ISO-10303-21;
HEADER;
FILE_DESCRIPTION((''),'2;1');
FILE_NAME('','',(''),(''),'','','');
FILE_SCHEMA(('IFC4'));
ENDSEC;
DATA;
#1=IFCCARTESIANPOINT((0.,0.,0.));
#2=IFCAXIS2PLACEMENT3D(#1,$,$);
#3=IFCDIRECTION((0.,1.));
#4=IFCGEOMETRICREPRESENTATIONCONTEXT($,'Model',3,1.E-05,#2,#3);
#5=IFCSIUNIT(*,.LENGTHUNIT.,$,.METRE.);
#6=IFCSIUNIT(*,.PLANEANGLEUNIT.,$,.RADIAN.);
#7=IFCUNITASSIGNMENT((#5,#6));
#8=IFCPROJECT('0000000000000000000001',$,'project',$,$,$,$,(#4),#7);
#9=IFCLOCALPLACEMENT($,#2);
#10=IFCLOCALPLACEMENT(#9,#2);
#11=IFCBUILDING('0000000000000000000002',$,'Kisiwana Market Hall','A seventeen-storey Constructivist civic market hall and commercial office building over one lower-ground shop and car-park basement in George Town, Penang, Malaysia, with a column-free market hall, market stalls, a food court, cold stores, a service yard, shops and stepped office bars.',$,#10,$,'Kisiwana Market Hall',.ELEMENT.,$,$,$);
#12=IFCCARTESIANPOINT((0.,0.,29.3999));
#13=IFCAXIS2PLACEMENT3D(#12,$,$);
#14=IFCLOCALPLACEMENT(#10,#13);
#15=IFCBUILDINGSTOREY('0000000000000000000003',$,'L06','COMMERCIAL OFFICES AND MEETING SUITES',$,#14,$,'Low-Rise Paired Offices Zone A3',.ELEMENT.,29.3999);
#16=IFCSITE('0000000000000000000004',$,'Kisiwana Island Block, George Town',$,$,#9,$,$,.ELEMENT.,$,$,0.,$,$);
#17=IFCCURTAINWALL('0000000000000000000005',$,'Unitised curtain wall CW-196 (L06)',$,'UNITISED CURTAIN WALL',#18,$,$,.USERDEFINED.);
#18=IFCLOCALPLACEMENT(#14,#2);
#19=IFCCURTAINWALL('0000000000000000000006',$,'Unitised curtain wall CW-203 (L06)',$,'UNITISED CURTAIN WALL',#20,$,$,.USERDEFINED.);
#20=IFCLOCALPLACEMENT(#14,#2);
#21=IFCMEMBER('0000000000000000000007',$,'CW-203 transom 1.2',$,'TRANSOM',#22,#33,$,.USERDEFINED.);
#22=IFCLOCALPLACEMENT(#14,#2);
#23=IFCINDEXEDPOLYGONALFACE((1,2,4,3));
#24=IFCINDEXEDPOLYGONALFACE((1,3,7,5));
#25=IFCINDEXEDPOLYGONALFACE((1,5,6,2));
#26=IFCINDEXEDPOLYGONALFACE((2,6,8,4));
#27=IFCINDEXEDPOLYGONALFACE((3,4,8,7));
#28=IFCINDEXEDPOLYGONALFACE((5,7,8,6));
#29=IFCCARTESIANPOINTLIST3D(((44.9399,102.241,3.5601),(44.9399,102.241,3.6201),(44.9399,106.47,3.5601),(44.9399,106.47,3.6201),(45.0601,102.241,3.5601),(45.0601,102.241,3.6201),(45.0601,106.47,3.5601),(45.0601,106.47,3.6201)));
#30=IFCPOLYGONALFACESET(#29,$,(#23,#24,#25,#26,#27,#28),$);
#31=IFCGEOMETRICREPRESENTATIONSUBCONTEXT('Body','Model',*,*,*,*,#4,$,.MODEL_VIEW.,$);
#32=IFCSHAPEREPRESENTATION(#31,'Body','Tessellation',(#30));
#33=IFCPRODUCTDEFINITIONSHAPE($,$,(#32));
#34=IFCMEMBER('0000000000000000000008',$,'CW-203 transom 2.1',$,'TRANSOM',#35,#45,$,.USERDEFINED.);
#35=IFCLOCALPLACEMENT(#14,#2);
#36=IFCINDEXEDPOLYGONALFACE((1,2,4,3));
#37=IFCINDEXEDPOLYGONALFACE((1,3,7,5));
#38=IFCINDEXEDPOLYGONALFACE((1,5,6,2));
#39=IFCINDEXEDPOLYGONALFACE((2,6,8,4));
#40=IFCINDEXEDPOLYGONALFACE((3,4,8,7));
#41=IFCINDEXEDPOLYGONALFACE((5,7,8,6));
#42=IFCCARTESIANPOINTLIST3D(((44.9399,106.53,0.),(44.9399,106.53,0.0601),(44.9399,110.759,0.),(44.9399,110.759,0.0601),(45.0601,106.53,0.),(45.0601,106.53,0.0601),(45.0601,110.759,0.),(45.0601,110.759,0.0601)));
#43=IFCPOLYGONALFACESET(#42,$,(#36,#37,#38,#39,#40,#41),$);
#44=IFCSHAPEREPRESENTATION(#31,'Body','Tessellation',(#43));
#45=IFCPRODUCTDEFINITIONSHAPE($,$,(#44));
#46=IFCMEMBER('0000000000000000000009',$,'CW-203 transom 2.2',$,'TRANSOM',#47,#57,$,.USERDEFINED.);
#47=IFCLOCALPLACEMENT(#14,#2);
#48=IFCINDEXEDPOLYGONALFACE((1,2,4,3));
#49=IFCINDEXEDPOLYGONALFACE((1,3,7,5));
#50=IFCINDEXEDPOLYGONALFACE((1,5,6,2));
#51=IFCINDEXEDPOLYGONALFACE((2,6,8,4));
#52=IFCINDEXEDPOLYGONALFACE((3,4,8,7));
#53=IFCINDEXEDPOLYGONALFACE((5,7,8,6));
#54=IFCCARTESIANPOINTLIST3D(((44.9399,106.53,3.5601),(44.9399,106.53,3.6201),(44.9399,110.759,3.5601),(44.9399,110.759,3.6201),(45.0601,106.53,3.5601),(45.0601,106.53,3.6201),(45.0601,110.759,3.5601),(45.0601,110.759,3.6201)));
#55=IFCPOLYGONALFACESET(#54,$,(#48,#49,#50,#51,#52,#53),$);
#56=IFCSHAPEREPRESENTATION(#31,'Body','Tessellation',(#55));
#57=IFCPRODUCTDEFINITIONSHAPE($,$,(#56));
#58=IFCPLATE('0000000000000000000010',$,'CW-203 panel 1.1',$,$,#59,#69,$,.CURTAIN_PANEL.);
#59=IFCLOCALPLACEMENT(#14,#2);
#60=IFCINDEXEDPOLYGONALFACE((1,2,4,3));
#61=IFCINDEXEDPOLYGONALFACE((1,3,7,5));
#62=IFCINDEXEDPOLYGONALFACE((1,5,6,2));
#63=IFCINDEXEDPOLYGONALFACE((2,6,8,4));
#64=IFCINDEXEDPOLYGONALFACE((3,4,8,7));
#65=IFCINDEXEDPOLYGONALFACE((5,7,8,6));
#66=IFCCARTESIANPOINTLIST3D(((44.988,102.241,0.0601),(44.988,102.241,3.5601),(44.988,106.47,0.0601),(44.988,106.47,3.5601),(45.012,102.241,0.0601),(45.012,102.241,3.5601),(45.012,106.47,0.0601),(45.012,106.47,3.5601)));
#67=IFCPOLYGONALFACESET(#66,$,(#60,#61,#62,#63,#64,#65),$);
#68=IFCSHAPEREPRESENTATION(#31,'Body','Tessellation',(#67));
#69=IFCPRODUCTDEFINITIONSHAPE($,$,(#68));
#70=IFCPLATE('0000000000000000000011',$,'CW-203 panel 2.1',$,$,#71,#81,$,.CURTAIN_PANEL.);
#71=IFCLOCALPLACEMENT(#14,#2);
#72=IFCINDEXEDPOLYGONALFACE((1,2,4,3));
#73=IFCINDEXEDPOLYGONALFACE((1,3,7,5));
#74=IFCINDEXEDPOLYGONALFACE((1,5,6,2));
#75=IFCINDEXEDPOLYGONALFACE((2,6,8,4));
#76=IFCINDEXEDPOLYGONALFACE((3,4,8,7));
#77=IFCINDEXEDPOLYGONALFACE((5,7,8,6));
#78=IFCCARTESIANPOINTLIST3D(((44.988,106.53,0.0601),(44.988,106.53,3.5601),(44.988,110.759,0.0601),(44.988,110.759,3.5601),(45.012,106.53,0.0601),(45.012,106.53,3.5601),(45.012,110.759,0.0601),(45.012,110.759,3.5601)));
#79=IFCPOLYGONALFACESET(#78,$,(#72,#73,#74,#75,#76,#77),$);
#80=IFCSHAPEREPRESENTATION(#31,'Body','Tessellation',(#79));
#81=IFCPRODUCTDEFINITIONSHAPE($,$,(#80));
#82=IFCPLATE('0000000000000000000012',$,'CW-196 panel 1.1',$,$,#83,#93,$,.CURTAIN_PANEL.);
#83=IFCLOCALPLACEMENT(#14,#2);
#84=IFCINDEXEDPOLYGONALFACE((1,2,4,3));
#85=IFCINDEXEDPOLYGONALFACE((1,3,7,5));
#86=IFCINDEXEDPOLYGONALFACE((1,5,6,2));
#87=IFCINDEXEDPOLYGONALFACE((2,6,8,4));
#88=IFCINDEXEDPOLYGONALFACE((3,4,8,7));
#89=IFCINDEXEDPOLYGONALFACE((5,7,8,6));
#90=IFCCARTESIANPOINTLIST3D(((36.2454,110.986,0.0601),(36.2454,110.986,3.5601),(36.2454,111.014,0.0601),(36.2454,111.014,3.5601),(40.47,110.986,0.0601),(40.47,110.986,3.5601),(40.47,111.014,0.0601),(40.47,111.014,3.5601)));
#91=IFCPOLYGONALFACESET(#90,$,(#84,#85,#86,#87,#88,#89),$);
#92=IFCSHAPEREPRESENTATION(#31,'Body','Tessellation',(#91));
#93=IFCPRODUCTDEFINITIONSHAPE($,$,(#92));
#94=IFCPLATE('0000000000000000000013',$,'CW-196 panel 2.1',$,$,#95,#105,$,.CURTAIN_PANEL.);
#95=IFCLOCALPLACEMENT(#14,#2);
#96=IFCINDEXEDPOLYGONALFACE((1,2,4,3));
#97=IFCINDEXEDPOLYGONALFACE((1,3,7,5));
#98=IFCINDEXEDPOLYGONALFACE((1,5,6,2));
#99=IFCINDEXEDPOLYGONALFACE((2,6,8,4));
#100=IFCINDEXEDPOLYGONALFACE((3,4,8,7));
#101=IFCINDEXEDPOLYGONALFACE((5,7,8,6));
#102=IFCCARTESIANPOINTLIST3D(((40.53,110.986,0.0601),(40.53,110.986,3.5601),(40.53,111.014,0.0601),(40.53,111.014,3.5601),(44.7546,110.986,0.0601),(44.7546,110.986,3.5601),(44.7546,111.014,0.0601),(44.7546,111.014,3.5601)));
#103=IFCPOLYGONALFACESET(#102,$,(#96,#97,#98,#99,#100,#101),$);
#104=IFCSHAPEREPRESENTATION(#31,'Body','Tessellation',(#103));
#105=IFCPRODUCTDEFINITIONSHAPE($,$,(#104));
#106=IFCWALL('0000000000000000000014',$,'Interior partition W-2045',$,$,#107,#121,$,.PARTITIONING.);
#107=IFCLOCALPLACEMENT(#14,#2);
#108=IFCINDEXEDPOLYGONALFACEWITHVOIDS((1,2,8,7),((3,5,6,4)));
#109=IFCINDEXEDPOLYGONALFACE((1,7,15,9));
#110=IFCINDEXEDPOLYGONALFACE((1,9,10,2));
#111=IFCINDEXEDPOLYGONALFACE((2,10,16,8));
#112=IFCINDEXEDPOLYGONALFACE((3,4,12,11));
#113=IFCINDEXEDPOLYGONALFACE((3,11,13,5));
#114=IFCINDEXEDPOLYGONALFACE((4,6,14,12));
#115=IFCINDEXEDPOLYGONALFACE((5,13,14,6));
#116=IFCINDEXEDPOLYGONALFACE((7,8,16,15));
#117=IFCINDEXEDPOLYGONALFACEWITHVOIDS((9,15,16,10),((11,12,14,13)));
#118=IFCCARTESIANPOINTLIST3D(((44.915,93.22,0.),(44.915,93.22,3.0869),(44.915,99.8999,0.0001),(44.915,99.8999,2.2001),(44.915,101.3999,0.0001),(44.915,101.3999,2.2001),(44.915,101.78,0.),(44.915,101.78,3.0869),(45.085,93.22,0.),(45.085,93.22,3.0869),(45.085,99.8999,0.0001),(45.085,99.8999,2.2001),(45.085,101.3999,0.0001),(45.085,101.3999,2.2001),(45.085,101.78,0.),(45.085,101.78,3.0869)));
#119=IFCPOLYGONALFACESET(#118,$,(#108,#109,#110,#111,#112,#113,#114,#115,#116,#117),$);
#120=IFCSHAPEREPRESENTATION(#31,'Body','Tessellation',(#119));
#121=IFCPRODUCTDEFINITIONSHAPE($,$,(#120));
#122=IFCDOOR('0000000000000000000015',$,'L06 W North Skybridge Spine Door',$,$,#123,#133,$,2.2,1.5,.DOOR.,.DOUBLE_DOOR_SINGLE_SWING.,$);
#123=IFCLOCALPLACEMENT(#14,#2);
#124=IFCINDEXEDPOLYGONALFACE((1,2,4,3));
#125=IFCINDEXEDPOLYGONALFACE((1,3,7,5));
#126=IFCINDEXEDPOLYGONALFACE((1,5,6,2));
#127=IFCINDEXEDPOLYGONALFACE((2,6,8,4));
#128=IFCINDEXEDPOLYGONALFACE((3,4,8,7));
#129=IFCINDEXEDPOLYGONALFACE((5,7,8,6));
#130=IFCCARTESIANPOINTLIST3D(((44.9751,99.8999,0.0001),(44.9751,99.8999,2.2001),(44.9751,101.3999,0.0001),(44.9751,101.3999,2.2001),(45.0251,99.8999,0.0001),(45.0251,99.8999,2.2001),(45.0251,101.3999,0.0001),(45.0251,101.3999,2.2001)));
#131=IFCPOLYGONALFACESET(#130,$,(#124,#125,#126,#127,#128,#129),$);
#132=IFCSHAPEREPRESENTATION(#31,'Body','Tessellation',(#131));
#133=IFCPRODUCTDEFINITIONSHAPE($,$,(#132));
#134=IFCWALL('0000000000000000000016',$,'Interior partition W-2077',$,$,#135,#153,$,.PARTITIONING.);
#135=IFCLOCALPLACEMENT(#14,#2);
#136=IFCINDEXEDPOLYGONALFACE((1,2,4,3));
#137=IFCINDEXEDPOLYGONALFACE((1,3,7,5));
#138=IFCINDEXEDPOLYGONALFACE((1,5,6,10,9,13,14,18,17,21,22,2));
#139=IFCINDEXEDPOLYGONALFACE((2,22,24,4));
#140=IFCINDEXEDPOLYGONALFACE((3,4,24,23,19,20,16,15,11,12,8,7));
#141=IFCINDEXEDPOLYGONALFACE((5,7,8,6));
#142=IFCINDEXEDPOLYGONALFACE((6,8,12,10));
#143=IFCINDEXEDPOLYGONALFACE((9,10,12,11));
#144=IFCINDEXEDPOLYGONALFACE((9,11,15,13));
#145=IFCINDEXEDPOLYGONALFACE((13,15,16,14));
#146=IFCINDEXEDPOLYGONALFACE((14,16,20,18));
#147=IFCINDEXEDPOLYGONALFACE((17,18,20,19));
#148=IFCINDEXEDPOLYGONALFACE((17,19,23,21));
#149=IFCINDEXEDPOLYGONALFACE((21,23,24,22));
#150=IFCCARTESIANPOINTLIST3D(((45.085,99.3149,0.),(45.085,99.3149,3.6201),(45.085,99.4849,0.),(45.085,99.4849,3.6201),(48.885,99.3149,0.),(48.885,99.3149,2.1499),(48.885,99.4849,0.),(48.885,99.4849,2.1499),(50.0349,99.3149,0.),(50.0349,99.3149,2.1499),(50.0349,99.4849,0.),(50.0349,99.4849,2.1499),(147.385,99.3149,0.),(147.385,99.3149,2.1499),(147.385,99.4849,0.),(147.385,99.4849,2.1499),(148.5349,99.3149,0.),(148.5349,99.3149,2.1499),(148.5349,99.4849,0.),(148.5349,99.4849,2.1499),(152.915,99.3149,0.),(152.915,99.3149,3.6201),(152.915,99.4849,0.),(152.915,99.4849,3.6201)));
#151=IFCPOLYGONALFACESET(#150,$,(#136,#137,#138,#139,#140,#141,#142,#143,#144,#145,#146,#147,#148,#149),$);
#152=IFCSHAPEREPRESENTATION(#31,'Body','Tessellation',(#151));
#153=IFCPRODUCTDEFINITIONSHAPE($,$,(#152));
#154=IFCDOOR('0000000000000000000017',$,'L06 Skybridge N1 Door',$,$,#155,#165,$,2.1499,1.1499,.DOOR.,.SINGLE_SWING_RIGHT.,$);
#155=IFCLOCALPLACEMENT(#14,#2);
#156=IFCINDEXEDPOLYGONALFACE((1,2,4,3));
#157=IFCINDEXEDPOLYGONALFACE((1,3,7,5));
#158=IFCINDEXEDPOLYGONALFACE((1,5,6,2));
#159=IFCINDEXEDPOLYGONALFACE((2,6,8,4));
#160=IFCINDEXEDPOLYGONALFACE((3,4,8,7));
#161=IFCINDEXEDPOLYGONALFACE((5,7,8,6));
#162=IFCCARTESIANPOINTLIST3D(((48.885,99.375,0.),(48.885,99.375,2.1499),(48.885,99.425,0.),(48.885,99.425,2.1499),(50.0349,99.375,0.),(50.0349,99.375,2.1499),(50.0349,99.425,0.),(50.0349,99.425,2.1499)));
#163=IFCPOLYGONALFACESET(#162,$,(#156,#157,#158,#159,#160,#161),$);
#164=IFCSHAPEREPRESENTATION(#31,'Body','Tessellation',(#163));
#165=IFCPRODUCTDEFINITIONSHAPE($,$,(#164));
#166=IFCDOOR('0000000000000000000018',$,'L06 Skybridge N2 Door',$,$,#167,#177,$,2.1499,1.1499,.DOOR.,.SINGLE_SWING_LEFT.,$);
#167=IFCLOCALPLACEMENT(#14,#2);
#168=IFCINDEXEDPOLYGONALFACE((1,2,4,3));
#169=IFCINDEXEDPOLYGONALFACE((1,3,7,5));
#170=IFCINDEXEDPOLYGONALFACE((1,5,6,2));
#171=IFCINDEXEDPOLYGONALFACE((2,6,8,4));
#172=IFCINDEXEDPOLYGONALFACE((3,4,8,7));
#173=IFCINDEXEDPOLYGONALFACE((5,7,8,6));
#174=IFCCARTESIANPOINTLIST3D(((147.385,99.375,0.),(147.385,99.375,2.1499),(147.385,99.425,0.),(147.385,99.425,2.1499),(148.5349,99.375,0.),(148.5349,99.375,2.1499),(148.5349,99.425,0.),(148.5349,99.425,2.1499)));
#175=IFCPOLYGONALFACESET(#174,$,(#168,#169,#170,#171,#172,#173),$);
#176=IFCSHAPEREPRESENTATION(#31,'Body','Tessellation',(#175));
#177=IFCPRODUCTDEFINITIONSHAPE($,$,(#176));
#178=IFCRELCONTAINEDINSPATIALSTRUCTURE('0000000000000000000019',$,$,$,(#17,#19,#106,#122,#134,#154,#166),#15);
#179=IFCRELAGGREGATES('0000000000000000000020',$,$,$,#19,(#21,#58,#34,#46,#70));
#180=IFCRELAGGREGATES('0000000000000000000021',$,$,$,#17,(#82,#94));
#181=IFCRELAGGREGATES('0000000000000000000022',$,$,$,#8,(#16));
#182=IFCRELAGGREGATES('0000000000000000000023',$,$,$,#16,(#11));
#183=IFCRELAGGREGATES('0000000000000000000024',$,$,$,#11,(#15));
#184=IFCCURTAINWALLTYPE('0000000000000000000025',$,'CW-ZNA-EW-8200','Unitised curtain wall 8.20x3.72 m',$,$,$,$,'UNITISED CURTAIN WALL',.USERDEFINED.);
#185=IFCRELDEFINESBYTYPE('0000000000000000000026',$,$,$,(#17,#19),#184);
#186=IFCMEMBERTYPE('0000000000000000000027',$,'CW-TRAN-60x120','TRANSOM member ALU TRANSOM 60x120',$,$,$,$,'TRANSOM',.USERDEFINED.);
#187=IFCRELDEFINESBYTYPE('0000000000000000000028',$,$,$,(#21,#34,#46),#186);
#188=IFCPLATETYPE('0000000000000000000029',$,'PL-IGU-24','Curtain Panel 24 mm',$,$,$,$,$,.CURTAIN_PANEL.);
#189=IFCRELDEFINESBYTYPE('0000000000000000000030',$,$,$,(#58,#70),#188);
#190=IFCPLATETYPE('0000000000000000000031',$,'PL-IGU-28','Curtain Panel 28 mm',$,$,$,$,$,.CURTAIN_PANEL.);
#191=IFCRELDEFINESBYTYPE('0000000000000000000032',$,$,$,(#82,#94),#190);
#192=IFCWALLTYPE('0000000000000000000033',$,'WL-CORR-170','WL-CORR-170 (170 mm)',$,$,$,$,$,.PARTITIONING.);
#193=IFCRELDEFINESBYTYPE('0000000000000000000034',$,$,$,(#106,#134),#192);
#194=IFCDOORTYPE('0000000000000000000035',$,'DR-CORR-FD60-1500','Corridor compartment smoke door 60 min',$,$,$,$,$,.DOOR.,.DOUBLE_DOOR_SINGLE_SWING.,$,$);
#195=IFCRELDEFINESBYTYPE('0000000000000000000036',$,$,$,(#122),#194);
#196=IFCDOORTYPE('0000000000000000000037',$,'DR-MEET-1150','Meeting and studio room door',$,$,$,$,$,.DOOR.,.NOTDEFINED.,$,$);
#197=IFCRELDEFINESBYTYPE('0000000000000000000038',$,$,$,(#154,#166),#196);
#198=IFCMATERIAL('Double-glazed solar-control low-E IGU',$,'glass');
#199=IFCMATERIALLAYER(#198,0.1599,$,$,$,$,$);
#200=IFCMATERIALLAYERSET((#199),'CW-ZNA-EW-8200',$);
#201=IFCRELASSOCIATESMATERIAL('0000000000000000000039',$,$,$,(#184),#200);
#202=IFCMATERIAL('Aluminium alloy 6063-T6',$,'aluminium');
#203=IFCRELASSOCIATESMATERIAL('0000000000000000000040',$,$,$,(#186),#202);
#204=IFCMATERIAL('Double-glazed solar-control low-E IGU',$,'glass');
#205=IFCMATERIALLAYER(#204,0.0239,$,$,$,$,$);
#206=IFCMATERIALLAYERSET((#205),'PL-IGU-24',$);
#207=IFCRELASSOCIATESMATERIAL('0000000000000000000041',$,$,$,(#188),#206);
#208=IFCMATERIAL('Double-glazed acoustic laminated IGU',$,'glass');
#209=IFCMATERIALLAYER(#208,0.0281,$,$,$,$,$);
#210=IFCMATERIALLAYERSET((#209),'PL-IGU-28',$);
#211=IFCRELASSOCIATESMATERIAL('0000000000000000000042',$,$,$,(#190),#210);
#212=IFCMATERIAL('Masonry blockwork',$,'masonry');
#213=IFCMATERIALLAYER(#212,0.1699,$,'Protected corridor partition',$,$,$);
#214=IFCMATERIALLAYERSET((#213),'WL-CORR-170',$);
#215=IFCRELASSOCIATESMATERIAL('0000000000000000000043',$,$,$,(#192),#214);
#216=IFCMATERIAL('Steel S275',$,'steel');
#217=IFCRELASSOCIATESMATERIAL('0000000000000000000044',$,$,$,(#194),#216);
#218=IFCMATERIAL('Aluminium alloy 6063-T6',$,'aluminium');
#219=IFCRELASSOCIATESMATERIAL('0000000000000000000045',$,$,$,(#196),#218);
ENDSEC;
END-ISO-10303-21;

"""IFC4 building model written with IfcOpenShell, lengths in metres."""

from ifc_helpers import new_model, si_unit, direction, frame, frame_2d, origin, origin_2d, place, context, subcontext, project, spatial, rectangle, extrude, material, layer, layer_set, material_profile, profile_set, type_object, element, fill, aggregate, save


model = new_model("IFC4")

# Units and contexts
model_context = context("Model", 3, precision=1e-05, world=origin(), true_north=direction((0.0, 1.0)))
body_context = subcontext(model_context, "Body", "Model", "MODEL_VIEW")
ifc_project = project(units=[si_unit("LENGTHUNIT", "METRE"), si_unit("PLANEANGLEUNIT", "RADIAN")], contexts=[model_context])

# Site, building, storey
site_placement = place(None, origin())
site = spatial("IfcSite", under=ifc_project, at=site_placement, Name="Kisiwana Island Block, George Town", CompositionType="ELEMENT", RefElevation=0.0)
building_placement = place(site_placement, origin())
building = spatial("IfcBuilding", under=site, at=building_placement, Name="Kisiwana Market Hall", Description="A seventeen-storey Constructivist civic market hall and commercial office building over one lower-ground shop and car-park basement in George Town, Penang, Malaysia, with a column-free market hall, market stalls, a food court, cold stores, a service yard, shops and stepped office bars.", LongName="Kisiwana Market Hall", CompositionType="ELEMENT")
storey_placement = place(building_placement, frame((0.0, 0.0, 29.3999)))
storey = spatial("IfcBuildingStorey", under=building, at=storey_placement, Name="L06", Description="COMMERCIAL OFFICES AND MEETING SUITES", LongName="Low-Rise Paired Offices Zone A3", CompositionType="ELEMENT", Elevation=29.3999)

# Shared definitions
ifc_material_1 = material(Name="Double-glazed solar-control low-E IGU", Category="glass")
ifc_layer_1 = layer(ifc_material_1, 0.1599)
ifc_layer_set_1 = layer_set([ifc_layer_1], Name="CW-ZNA-EW-8200")
curtain_wall_type = type_object("IfcCurtainWallType", Name="CW-ZNA-EW-8200", Description="Unitised curtain wall 8.20x3.72 m", ElementType="UNITISED CURTAIN WALL", PredefinedType="USERDEFINED", material=ifc_layer_set_1)

# Curtain walls
curtain_wall_1_placement = place(storey_placement, origin())
curtain_wall_1 = element("IfcCurtainWall", 1, at=curtain_wall_1_placement, inside=storey, type_object=curtain_wall_type, Name="Unitised curtain wall CW-196 (L06)", ObjectType="UNITISED CURTAIN WALL", PredefinedType="USERDEFINED")
curtain_wall_2_placement = place(storey_placement, origin())
curtain_wall_2 = element("IfcCurtainWall", 2, at=curtain_wall_2_placement, inside=storey, type_object=curtain_wall_type, Name="Unitised curtain wall CW-203 (L06)", ObjectType="UNITISED CURTAIN WALL", PredefinedType="USERDEFINED")

# Members
ifc_material_2 = material(Name="Aluminium alloy 6063-T6", Category="aluminium")
ifc_material_profile_1 = material_profile(ifc_material_2, rectangle(XDim=0.1201, YDim=0.0601, at=origin_2d()), Name="ALU TRANSOM 60x120")
ifc_profile_set_1 = profile_set([ifc_material_profile_1], Name="Aluminium alloy 6063-T6")
member_type_1 = type_object("IfcMemberType", Name="CW-TRAN-60x120", Description="TRANSOM member ALU TRANSOM 60x120", ElementType="TRANSOM", PredefinedType="USERDEFINED", material=ifc_profile_set_1)
member_1_placement = place(storey_placement, frame((45.0, 102.241, 3.5901), z_axis=(0.0, 1.0, 0.0), x_axis=(-1.0, 0.0, 0.0)))
member_1 = element("IfcMember", 3, at=member_1_placement, type_object=member_type_1, Name="CW-203 transom 1.2", ObjectType="TRANSOM", PredefinedType="USERDEFINED", context=body_context, shape_type="SweptSolid", body=[
    extrude(rectangle(XDim=0.1201, YDim=0.0601, at=origin_2d()), origin(), (0.0, 0.0, 1.0), 4.229),
])
member_2_placement = place(storey_placement, frame((45.0, 106.53, 0.03), z_axis=(0.0, 1.0, 0.0), x_axis=(-1.0, 0.0, 0.0)))
member_2 = element("IfcMember", 4, at=member_2_placement, type_object=member_type_1, Name="CW-203 transom 2.1", ObjectType="TRANSOM", PredefinedType="USERDEFINED", context=body_context, shape_type="SweptSolid", body=[
    extrude(rectangle(XDim=0.1201, YDim=0.0601, at=origin_2d()), origin(), (0.0, 0.0, 1.0), 4.229),
])
member_3_placement = place(storey_placement, frame((45.0, 106.53, 3.5901), z_axis=(0.0, 1.0, 0.0), x_axis=(-1.0, 0.0, 0.0)))
member_3 = element("IfcMember", 5, at=member_3_placement, type_object=member_type_1, Name="CW-203 transom 2.2", ObjectType="TRANSOM", PredefinedType="USERDEFINED", context=body_context, shape_type="SweptSolid", body=[
    extrude(rectangle(XDim=0.1201, YDim=0.0601, at=origin_2d()), origin(), (0.0, 0.0, 1.0), 4.229),
])

# Plates
ifc_material_3 = material(Name="Double-glazed solar-control low-E IGU", Category="glass")
ifc_layer_2 = layer(ifc_material_3, 0.0239)
ifc_layer_set_2 = layer_set([ifc_layer_2], Name="PL-IGU-24")
plate_type_1 = type_object("IfcPlateType", Name="PL-IGU-24", Description="Curtain Panel 24 mm", PredefinedType="CURTAIN_PANEL", material=ifc_layer_set_2)
plate_1_placement = place(storey_placement, frame((45.0, 104.3555, 0.0601), z_axis=(0.0, 0.0, 1.0), x_axis=(0.0, 1.0, 0.0)))
plate_1 = element("IfcPlate", 6, at=plate_1_placement, type_object=plate_type_1, Name="CW-203 panel 1.1", PredefinedType="CURTAIN_PANEL", context=body_context, shape_type="SweptSolid", body=[
    extrude(rectangle(XDim=4.229, YDim=0.0239, at=origin_2d()), origin(), (0.0, 0.0, 1.0), 3.5),
])
plate_2_placement = place(storey_placement, frame((45.0, 108.6445, 0.0601), z_axis=(0.0, 0.0, 1.0), x_axis=(0.0, 1.0, 0.0)))
plate_2 = element("IfcPlate", 7, at=plate_2_placement, type_object=plate_type_1, Name="CW-203 panel 2.1", PredefinedType="CURTAIN_PANEL", context=body_context, shape_type="SweptSolid", body=[
    extrude(rectangle(XDim=4.229, YDim=0.0239, at=origin_2d()), origin(), (0.0, 0.0, 1.0), 3.5),
])
aggregate(curtain_wall_2, [member_1, plate_1, member_2, member_3, plate_2])
ifc_material_4 = material(Name="Double-glazed acoustic laminated IGU", Category="glass")
ifc_layer_3 = layer(ifc_material_4, 0.0281)
ifc_layer_set_3 = layer_set([ifc_layer_3], Name="PL-IGU-28")
plate_type_2 = type_object("IfcPlateType", Name="PL-IGU-28", Description="Curtain Panel 28 mm", PredefinedType="CURTAIN_PANEL", material=ifc_layer_set_3)
plate_3_placement = place(storey_placement, frame((38.3577, 111.0, 0.0601), z_axis=(0.0, 0.0, 1.0), x_axis=(1.0, 0.0, 0.0)))
plate_3 = element("IfcPlate", 8, at=plate_3_placement, type_object=plate_type_2, Name="CW-196 panel 1.1", PredefinedType="CURTAIN_PANEL", context=body_context, shape_type="SweptSolid", body=[
    extrude(rectangle(XDim=4.2246, YDim=0.0281, at=origin_2d()), origin(), (0.0, 0.0, 1.0), 3.5),
])
plate_4_placement = place(storey_placement, frame((42.6423, 111.0, 0.0601), z_axis=(0.0, 0.0, 1.0), x_axis=(1.0, 0.0, 0.0)))
plate_4 = element("IfcPlate", 9, at=plate_4_placement, type_object=plate_type_2, Name="CW-196 panel 2.1", PredefinedType="CURTAIN_PANEL", context=body_context, shape_type="SweptSolid", body=[
    extrude(rectangle(XDim=4.2246, YDim=0.0281, at=origin_2d()), origin(), (0.0, 0.0, 1.0), 3.5),
])
aggregate(curtain_wall_1, [plate_3, plate_4])

# Wall, opening, door
ifc_material_5 = material(Name="Masonry blockwork", Category="masonry")
ifc_layer_4 = layer(ifc_material_5, 0.1699, Name="Protected corridor partition")
ifc_layer_set_4 = layer_set([ifc_layer_4], Name="WL-CORR-170")
wall_type_1 = type_object("IfcWallType", Name="WL-CORR-170", Description="WL-CORR-170 (170 mm)", PredefinedType="PARTITIONING", material=ifc_layer_set_4)
wall_1_placement = place(storey_placement, frame((45.0, 93.22, 0.0), z_axis=(0.0, 0.0, 1.0), x_axis=(0.0, 1.0, 0.0)))
wall_1 = element("IfcWall", 10, at=wall_1_placement, inside=storey, type_object=wall_type_1, Name="Interior partition W-2045", PredefinedType="PARTITIONING", context=body_context, shape_type="SweptSolid", body=[
    extrude(rectangle(XDim=8.5601, YDim=0.1699, at=frame_2d((4.28, 0.0))), origin(), (0.0, 0.0, 1.0), 3.0869),
])
opening_1_placement = place(wall_1_placement, frame((6.6799, 0.0, 0.0)))
opening_1 = element("IfcOpeningElement", 11, at=opening_1_placement, cuts=wall_1, PredefinedType="OPENING", context=body_context, shape_type="SweptSolid", body=[
    extrude(rectangle(XDim=1.5, YDim=2.2, at=frame_2d((0.75, 1.1001))), frame((0.0, 0.0969, 0.0), z_axis=(0.0, -1.0, 0.0), x_axis=(1.0, 0.0, 0.0)), (0.0, 0.0, 1.0), 0.1938),
])
ifc_material_6 = material(Name="Steel S275", Category="steel")
door_type_1 = type_object("IfcDoorType", Name="DR-CORR-FD60-1500", Description="Corridor compartment smoke door 60 min", OperationType="DOUBLE_DOOR_SINGLE_SWING", PredefinedType="DOOR", material=ifc_material_6)
door_1_placement = place(opening_1_placement, origin())
door_1 = element("IfcDoor", 12, at=door_1_placement, inside=storey, type_object=door_type_1, Name="L06 W North Skybridge Spine Door", OperationType="DOUBLE_DOOR_SINGLE_SWING", OverallHeight=2.2, OverallWidth=1.5, PredefinedType="DOOR", context=body_context, shape_type="SweptSolid", body=[
    extrude(rectangle(XDim=1.5, YDim=2.2, at=frame_2d((0.75, 1.1001))), frame((0.0, 0.0249, 0.0), z_axis=(0.0, -1.0, 0.0), x_axis=(1.0, 0.0, 0.0)), (0.0, 0.0, 1.0), 0.05),
])
fill(opening_1, door_1)

# Wall, openings, doors
wall_2_placement = place(storey_placement, frame((45.085, 99.3999, 0.0), z_axis=(0.0, 0.0, 1.0), x_axis=(1.0, 0.0, 0.0)))
wall_2 = element("IfcWall", 13, at=wall_2_placement, inside=storey, type_object=wall_type_1, Name="Interior partition W-2077", PredefinedType="PARTITIONING", context=body_context, shape_type="SweptSolid", body=[
    extrude(rectangle(XDim=107.8301, YDim=0.1699, at=frame_2d((53.915, 0.0))), origin(), (0.0, 0.0, 1.0), 3.6201),
])
opening_2_placement = place(wall_2_placement, frame((3.8, 0.0, 0.0)))
opening_2 = element("IfcOpeningElement", 14, at=opening_2_placement, cuts=wall_2, PredefinedType="OPENING", context=body_context, shape_type="SweptSolid", body=[
    extrude(rectangle(XDim=1.1499, YDim=2.1499, at=frame_2d((0.575, 1.075))), frame((0.0, 0.0969, 0.0), z_axis=(0.0, -1.0, 0.0), x_axis=(1.0, 0.0, 0.0)), (0.0, 0.0, 1.0), 0.1938),
])
opening_3_placement = place(wall_2_placement, frame((102.3, 0.0, 0.0)))
opening_3 = element("IfcOpeningElement", 15, at=opening_3_placement, cuts=wall_2, PredefinedType="OPENING", context=body_context, shape_type="SweptSolid", body=[
    extrude(rectangle(XDim=1.1499, YDim=2.1499, at=frame_2d((0.575, 1.075))), frame((0.0, 0.0969, 0.0), z_axis=(0.0, -1.0, 0.0), x_axis=(1.0, 0.0, 0.0)), (0.0, 0.0, 1.0), 0.1938),
])
ifc_material_7 = material(Name="Aluminium alloy 6063-T6", Category="aluminium")
door_type_2 = type_object("IfcDoorType", Name="DR-MEET-1150", Description="Meeting and studio room door", OperationType="NOTDEFINED", PredefinedType="DOOR", material=ifc_material_7)
door_2_placement = place(opening_2_placement, frame((1.1499, 0.0, 0.0), z_axis=(0.0, 0.0, 1.0), x_axis=(-1.0, 0.0, 0.0)))
door_2 = element("IfcDoor", 16, at=door_2_placement, inside=storey, type_object=door_type_2, Name="L06 Skybridge N1 Door", OperationType="SINGLE_SWING_RIGHT", OverallHeight=2.1499, OverallWidth=1.1499, PredefinedType="DOOR", context=body_context, shape_type="SweptSolid", body=[
    extrude(rectangle(XDim=1.1499, YDim=2.1499, at=frame_2d((0.575, 1.075))), frame((0.0, 0.0249, 0.0), z_axis=(0.0, -1.0, 0.0), x_axis=(1.0, 0.0, 0.0)), (0.0, 0.0, 1.0), 0.05),
])
fill(opening_2, door_2)
door_3_placement = place(opening_3_placement, frame((1.1499, 0.0, 0.0), z_axis=(0.0, 0.0, 1.0), x_axis=(-1.0, 0.0, 0.0)))
door_3 = element("IfcDoor", 17, at=door_3_placement, inside=storey, type_object=door_type_2, Name="L06 Skybridge N2 Door", OperationType="SINGLE_SWING_LEFT", OverallHeight=2.1499, OverallWidth=1.1499, PredefinedType="DOOR", context=body_context, shape_type="SweptSolid", body=[
    extrude(rectangle(XDim=1.1499, YDim=2.1499, at=frame_2d((0.575, 1.075))), frame((0.0, 0.0249, 0.0), z_axis=(0.0, -1.0, 0.0), x_axis=(1.0, 0.0, 0.0)), (0.0, 0.0, 1.0), 0.05),
])
fill(opening_3, door_3)

save(model, "model.ifc")
